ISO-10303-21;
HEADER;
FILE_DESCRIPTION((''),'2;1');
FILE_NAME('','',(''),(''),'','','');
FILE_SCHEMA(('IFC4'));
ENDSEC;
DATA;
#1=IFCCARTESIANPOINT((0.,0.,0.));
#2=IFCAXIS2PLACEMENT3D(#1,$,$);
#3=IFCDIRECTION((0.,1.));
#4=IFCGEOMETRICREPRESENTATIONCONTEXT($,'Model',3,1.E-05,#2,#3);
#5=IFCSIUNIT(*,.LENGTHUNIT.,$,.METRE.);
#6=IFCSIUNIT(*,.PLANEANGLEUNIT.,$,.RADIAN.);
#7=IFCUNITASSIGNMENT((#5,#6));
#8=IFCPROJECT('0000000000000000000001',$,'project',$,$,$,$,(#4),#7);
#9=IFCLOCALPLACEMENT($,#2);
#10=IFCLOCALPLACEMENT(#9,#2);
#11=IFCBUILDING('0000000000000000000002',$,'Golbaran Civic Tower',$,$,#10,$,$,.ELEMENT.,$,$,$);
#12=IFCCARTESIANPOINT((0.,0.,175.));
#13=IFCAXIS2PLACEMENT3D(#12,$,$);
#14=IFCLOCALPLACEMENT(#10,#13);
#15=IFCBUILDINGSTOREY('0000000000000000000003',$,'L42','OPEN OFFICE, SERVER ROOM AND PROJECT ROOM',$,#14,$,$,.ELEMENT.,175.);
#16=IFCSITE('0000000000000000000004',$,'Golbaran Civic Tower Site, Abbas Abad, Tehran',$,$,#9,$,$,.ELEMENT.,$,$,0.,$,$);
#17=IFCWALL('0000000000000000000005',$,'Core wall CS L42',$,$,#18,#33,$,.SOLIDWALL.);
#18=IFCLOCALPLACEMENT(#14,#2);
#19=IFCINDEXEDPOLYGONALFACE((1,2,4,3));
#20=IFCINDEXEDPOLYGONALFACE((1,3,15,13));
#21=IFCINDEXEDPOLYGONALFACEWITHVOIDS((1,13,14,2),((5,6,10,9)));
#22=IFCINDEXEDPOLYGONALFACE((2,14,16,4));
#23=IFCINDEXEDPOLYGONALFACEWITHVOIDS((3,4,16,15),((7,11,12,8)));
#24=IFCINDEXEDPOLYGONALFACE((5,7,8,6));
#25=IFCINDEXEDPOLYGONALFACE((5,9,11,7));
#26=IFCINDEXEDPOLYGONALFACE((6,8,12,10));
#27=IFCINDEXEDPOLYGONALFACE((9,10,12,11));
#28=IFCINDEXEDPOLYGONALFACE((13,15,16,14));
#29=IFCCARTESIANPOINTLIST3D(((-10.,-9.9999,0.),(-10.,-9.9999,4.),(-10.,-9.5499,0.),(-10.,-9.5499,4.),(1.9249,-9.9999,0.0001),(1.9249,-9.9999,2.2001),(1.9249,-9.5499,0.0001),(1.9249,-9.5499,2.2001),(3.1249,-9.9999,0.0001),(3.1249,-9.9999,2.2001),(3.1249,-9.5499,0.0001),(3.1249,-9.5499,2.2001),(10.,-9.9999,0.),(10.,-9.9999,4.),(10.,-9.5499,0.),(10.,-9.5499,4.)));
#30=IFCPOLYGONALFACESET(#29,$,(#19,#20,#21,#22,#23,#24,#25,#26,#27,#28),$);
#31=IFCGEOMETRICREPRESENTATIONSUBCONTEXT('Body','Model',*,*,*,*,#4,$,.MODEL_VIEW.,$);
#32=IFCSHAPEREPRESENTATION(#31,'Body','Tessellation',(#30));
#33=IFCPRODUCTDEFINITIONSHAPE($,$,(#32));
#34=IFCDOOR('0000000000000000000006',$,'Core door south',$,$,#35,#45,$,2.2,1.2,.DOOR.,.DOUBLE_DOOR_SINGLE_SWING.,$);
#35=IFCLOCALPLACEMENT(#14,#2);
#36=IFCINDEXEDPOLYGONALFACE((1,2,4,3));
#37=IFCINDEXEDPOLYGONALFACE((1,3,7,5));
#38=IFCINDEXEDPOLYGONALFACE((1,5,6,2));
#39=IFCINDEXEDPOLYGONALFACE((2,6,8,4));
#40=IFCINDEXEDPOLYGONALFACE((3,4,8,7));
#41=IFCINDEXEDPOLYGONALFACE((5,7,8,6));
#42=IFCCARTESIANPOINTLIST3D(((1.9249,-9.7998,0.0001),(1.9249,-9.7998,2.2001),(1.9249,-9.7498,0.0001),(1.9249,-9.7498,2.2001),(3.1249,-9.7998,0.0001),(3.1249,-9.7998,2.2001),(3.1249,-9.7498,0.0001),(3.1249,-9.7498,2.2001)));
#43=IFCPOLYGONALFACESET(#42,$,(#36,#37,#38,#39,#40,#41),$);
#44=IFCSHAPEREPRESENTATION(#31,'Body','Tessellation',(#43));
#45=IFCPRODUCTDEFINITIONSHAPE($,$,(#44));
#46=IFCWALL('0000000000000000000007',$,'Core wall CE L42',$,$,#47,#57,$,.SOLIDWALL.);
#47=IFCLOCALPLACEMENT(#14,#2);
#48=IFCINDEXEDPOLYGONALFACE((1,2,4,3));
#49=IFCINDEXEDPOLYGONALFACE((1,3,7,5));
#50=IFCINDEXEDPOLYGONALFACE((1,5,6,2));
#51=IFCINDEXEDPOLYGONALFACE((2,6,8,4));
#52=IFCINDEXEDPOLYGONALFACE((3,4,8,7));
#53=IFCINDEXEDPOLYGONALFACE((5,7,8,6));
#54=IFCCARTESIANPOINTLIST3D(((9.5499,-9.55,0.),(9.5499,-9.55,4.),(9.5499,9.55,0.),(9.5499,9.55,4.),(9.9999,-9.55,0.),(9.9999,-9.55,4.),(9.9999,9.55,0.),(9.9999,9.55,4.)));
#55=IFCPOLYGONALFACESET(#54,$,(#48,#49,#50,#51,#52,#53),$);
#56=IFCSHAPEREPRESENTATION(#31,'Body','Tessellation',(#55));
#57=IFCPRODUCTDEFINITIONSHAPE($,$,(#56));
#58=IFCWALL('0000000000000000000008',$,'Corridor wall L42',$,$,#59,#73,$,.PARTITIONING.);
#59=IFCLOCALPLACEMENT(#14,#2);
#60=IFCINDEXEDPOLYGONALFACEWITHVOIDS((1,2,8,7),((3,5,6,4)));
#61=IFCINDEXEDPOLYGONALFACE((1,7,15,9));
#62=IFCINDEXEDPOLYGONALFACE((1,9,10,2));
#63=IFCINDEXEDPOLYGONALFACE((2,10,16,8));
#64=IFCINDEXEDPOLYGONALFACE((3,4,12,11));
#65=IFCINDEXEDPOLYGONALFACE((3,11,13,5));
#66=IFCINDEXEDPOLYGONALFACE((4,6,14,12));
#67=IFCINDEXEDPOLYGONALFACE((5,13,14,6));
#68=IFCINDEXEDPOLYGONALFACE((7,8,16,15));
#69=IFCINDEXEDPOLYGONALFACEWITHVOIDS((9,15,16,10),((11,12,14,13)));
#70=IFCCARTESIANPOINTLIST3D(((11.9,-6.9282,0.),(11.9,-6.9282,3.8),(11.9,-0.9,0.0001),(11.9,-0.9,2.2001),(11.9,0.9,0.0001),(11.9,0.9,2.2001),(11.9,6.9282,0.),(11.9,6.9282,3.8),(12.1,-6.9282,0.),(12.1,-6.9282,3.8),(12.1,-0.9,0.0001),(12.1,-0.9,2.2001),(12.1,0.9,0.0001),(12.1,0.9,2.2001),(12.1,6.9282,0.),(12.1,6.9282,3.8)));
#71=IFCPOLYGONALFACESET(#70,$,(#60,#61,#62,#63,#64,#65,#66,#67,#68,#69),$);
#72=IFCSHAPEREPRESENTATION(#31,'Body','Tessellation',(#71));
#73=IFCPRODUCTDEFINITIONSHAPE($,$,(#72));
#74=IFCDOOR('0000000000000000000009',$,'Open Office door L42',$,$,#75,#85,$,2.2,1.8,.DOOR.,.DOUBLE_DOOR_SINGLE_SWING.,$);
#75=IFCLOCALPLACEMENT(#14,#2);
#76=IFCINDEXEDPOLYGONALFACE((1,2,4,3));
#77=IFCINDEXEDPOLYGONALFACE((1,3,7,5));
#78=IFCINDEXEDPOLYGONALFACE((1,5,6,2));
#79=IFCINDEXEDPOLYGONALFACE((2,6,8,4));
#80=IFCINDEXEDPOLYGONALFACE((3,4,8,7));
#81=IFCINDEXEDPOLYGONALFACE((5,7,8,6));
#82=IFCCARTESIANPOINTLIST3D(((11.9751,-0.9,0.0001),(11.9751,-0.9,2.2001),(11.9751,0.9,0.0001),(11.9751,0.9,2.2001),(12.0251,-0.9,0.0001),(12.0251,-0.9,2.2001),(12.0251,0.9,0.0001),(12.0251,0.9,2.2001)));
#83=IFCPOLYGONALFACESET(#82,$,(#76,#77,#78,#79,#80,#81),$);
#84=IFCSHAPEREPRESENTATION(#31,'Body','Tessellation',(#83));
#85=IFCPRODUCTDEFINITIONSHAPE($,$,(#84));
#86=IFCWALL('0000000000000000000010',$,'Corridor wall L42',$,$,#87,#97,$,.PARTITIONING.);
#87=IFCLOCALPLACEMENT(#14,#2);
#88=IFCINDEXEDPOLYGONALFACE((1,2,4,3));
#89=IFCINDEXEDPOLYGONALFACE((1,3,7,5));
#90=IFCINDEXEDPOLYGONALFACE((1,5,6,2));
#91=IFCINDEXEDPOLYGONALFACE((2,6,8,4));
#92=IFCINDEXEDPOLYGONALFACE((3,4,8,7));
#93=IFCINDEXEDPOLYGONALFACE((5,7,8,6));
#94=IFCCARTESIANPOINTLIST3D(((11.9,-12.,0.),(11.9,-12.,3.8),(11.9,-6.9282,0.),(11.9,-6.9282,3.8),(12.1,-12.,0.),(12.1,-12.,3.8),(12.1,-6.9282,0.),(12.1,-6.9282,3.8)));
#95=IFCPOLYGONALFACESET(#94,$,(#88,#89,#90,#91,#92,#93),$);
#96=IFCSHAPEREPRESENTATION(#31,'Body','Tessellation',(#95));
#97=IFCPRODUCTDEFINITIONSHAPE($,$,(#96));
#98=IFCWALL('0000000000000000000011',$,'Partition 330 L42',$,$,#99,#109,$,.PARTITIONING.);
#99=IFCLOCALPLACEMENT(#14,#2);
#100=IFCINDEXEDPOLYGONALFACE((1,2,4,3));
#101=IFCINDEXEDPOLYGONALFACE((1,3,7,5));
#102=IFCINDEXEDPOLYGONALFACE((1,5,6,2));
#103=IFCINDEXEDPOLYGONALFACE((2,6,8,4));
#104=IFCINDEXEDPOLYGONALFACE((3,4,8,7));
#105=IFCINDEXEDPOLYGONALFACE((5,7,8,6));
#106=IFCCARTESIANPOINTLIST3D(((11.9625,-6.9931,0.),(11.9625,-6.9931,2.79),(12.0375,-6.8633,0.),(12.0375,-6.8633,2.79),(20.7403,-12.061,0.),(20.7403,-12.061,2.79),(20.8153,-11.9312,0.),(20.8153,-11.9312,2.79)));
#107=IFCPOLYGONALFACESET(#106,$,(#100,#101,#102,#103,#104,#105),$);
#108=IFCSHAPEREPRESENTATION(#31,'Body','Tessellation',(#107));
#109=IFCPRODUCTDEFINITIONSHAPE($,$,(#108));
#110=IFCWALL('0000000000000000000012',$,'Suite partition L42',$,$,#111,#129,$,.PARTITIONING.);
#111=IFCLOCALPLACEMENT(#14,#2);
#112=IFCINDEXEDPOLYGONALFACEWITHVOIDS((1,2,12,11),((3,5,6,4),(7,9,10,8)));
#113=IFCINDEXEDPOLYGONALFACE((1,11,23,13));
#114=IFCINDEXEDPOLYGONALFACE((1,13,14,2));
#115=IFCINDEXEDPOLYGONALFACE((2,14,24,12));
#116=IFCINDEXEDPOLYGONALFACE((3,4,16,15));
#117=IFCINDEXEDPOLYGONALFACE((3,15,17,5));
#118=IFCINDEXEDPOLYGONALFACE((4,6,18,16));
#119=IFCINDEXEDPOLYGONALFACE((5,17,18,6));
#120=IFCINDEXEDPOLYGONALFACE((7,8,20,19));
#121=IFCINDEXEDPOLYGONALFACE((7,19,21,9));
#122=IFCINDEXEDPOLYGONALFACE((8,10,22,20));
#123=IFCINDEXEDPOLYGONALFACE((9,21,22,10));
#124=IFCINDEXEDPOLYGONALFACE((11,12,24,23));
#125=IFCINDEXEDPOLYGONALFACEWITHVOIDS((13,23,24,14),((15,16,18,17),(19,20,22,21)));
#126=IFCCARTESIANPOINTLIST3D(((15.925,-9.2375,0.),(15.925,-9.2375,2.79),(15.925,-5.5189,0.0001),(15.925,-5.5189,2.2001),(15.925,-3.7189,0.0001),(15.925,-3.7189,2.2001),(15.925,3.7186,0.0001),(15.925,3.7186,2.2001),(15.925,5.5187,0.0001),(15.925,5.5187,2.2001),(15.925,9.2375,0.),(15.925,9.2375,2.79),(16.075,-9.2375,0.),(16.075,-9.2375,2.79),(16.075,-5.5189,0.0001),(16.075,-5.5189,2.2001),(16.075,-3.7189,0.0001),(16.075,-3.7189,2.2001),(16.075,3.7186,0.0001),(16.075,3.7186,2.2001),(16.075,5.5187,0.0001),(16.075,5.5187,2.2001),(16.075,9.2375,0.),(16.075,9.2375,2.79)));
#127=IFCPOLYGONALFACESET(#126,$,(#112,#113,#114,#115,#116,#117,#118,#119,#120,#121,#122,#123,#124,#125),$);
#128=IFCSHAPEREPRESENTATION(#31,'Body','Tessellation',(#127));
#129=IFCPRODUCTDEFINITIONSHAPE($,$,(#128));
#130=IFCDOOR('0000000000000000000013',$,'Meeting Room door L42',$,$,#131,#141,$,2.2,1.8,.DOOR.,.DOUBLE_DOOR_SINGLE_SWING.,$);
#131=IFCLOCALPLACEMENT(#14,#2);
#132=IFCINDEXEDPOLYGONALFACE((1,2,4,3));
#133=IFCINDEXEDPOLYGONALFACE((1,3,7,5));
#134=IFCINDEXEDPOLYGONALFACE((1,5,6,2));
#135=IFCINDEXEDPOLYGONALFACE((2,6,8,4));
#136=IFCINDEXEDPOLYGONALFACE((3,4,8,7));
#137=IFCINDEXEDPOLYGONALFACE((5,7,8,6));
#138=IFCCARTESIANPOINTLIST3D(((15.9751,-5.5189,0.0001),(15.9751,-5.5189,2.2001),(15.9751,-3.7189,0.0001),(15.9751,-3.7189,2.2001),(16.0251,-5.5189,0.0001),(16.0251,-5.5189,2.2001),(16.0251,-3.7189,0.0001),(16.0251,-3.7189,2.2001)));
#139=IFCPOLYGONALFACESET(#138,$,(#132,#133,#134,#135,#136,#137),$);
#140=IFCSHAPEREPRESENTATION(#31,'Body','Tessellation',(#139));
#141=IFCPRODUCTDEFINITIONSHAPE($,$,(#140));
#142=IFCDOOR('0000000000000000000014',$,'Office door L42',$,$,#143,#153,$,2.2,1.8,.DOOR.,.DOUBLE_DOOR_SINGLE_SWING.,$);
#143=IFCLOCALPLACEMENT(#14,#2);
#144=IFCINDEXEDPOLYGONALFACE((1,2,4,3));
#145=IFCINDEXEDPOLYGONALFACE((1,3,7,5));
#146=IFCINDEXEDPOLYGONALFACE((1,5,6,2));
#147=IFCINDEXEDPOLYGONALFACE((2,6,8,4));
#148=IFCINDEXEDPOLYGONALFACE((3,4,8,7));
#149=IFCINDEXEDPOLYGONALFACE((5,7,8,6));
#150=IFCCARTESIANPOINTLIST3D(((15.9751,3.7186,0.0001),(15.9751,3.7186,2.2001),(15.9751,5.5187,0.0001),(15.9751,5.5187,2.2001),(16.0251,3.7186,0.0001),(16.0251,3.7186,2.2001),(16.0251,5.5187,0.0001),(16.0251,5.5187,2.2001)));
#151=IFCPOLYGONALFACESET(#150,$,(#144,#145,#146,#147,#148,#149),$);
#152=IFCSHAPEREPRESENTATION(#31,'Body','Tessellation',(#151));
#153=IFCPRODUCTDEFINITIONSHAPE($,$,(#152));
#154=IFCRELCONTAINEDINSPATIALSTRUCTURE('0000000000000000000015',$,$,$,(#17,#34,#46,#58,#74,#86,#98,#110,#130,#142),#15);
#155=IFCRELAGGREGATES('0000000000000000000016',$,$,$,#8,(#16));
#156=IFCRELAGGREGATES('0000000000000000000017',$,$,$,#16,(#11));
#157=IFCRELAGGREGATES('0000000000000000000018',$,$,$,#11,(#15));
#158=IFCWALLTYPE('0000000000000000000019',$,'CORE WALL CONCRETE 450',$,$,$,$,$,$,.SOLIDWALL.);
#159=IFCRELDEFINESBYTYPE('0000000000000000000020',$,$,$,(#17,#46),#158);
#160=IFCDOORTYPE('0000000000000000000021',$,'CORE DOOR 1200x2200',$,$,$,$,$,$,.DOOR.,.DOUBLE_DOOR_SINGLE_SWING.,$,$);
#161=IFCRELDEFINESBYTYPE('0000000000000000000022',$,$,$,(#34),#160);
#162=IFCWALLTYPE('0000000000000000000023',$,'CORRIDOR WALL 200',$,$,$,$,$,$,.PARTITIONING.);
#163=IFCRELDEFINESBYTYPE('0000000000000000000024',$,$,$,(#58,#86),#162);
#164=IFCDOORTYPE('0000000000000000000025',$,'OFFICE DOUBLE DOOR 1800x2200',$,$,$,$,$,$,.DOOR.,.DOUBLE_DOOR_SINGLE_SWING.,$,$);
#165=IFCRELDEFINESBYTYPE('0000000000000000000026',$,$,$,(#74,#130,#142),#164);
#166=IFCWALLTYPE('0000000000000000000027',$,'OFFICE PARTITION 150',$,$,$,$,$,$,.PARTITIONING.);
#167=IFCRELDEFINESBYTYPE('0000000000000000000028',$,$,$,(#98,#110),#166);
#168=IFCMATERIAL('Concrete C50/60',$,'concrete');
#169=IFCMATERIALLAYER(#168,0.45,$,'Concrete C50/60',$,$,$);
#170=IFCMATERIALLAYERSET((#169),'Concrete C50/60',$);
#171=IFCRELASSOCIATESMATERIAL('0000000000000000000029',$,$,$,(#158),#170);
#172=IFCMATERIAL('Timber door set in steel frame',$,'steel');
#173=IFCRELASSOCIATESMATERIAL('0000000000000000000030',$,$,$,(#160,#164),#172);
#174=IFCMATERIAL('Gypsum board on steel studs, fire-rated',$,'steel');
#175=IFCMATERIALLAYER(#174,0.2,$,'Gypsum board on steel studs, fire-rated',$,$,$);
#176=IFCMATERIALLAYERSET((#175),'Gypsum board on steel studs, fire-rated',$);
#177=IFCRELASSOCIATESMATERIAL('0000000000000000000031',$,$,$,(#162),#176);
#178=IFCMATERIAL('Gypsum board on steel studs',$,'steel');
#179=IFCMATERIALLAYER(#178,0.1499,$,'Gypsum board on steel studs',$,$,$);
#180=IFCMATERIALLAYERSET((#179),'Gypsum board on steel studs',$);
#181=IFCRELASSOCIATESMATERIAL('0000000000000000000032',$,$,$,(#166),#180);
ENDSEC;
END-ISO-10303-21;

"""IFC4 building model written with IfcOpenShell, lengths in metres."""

from ifc_helpers import new_model, si_unit, direction, frame, frame_2d, origin, place, context, subcontext, project, spatial, rectangle, extrude, material, layer, layer_set, type_object, element, fill, save


model = new_model("IFC4")

# Units and contexts
model_context = context("Model", 3, precision=1e-05, world=origin(), true_north=direction((0.0, 1.0)))
body_context = subcontext(model_context, "Body", "Model", "MODEL_VIEW")
ifc_project = project(units=[si_unit("LENGTHUNIT", "METRE"), si_unit("PLANEANGLEUNIT", "RADIAN")], contexts=[model_context])

# Site, building, storey
site_placement = place(None, origin())
site = spatial("IfcSite", under=ifc_project, at=site_placement, Name="Golbaran Civic Tower Site, Abbas Abad, Tehran", CompositionType="ELEMENT", RefElevation=0.0)
building_placement = place(site_placement, origin())
building = spatial("IfcBuilding", under=site, at=building_placement, Name="Golbaran Civic Tower", CompositionType="ELEMENT")
storey_placement = place(building_placement, frame((0.0, 0.0, 175.0)))
storey = spatial("IfcBuildingStorey", under=building, at=storey_placement, Name="L42", Description="OPEN OFFICE, SERVER ROOM AND PROJECT ROOM", CompositionType="ELEMENT", Elevation=175.0)

# Wall, opening, door
ifc_material_1 = material(Name="Concrete C50/60", Category="concrete")
ifc_layer_1 = layer(ifc_material_1, 0.45, Name="Concrete C50/60")
ifc_layer_set_1 = layer_set([ifc_layer_1], Name="Concrete C50/60")
wall_type_1 = type_object("IfcWallType", Name="CORE WALL CONCRETE 450", PredefinedType="SOLIDWALL", material=ifc_layer_set_1)
wall_1_placement = place(storey_placement, frame((10.0, -9.7749, 0.0), z_axis=(0.0, 0.0, 1.0), x_axis=(-1.0, 0.0, 0.0)))
wall_1 = element("IfcWall", 1, at=wall_1_placement, inside=storey, type_object=wall_type_1, Name="Core wall CS L42", PredefinedType="SOLIDWALL", context=body_context, shape_type="SweptSolid", body=[
    extrude(rectangle(XDim=20.0, YDim=0.45, at=frame_2d((10.0, 0.0))), origin(), (0.0, 0.0, 1.0), 4.0),
])
opening_1_placement = place(wall_1_placement, frame((6.875, 0.0, 0.0)))
opening_1 = element("IfcOpeningElement", 2, at=opening_1_placement, cuts=wall_1, PredefinedType="OPENING", context=body_context, shape_type="SweptSolid", body=[
    extrude(rectangle(XDim=1.2, YDim=2.2, at=frame_2d((0.6001, 1.1001))), frame((0.0, 0.2349, 0.0), z_axis=(0.0, -1.0, 0.0), x_axis=(1.0, 0.0, 0.0)), (0.0, 0.0, 1.0), 0.47),
])
ifc_material_2 = material(Name="Timber door set in steel frame", Category="steel")
door_type_1 = type_object("IfcDoorType", Name="CORE DOOR 1200x2200", OperationType="DOUBLE_DOOR_SINGLE_SWING", PredefinedType="DOOR", material=ifc_material_2)
door_1_placement = place(opening_1_placement, origin())
door_1 = element("IfcDoor", 3, at=door_1_placement, inside=storey, type_object=door_type_1, Name="Core door south", OperationType="DOUBLE_DOOR_SINGLE_SWING", OverallHeight=2.2, OverallWidth=1.2, PredefinedType="DOOR", context=body_context, shape_type="SweptSolid", body=[
    extrude(rectangle(XDim=1.2, YDim=2.2, at=frame_2d((0.6001, 1.1001))), frame((0.0, 0.0249, 0.0), z_axis=(0.0, -1.0, 0.0), x_axis=(1.0, 0.0, 0.0)), (0.0, 0.0, 1.0), 0.05),
])
fill(opening_1, door_1)

# Wall
wall_2_placement = place(storey_placement, frame((9.7749, -9.55, 0.0), z_axis=(0.0, 0.0, 1.0), x_axis=(0.0, 1.0, 0.0)))
element("IfcWall", 4, at=wall_2_placement, inside=storey, type_object=wall_type_1, Name="Core wall CE L42", PredefinedType="SOLIDWALL", context=body_context, shape_type="SweptSolid", body=[
    extrude(rectangle(XDim=19.1001, YDim=0.45, at=frame_2d((9.55, 0.0))), origin(), (0.0, 0.0, 1.0), 4.0),
])

# Wall, opening, door
ifc_material_3 = material(Name="Gypsum board on steel studs, fire-rated", Category="steel")
ifc_layer_2 = layer(ifc_material_3, 0.2, Name="Gypsum board on steel studs, fire-rated")
ifc_layer_set_2 = layer_set([ifc_layer_2], Name="Gypsum board on steel studs, fire-rated")
wall_type_2 = type_object("IfcWallType", Name="CORRIDOR WALL 200", PredefinedType="PARTITIONING", material=ifc_layer_set_2)
wall_3_placement = place(storey_placement, frame((12.0, -6.9282, 0.0), z_axis=(0.0, 0.0, 1.0), x_axis=(0.0, 1.0, 0.0)))
wall_3 = element("IfcWall", 5, at=wall_3_placement, inside=storey, type_object=wall_type_2, Name="Corridor wall L42", PredefinedType="PARTITIONING", context=body_context, shape_type="SweptSolid", body=[
    extrude(rectangle(XDim=13.8564, YDim=0.2, at=frame_2d((6.9282, 0.0))), origin(), (0.0, 0.0, 1.0), 3.8),
])
opening_2_placement = place(wall_3_placement, frame((6.0283, 0.0, 0.0)))
opening_2 = element("IfcOpeningElement", 6, at=opening_2_placement, cuts=wall_3, PredefinedType="OPENING", context=body_context, shape_type="SweptSolid", body=[
    extrude(rectangle(XDim=1.8, YDim=2.2, at=frame_2d((0.8999, 1.1001))), frame((0.0, 0.1099, 0.0), z_axis=(0.0, -1.0, 0.0), x_axis=(1.0, 0.0, 0.0)), (0.0, 0.0, 1.0), 0.22),
])
door_type_2 = type_object("IfcDoorType", Name="OFFICE DOUBLE DOOR 1800x2200", OperationType="DOUBLE_DOOR_SINGLE_SWING", PredefinedType="DOOR", material=ifc_material_2)
door_2_placement = place(opening_2_placement, origin())
door_2 = element("IfcDoor", 7, at=door_2_placement, inside=storey, type_object=door_type_2, Name="Open Office door L42", OperationType="DOUBLE_DOOR_SINGLE_SWING", OverallHeight=2.2, OverallWidth=1.8, PredefinedType="DOOR", context=body_context, shape_type="SweptSolid", body=[
    extrude(rectangle(XDim=1.8, YDim=2.2, at=frame_2d((0.8999, 1.1001))), frame((0.0, 0.0249, 0.0), z_axis=(0.0, -1.0, 0.0), x_axis=(1.0, 0.0, 0.0)), (0.0, 0.0, 1.0), 0.05),
])
fill(opening_2, door_2)

# Walls
wall_4_placement = place(storey_placement, frame((12.0, -12.0, 0.0), z_axis=(0.0, 0.0, 1.0), x_axis=(0.0, 1.0, 0.0)))
element("IfcWall", 8, at=wall_4_placement, inside=storey, type_object=wall_type_2, Name="Corridor wall L42", PredefinedType="PARTITIONING", context=body_context, shape_type="SweptSolid", body=[
    extrude(rectangle(XDim=5.0718, YDim=0.2, at=frame_2d((2.5359, 0.0))), origin(), (0.0, 0.0, 1.0), 3.8),
])
ifc_material_4 = material(Name="Gypsum board on steel studs", Category="steel")
ifc_layer_3 = layer(ifc_material_4, 0.1499, Name="Gypsum board on steel studs")
ifc_layer_set_3 = layer_set([ifc_layer_3], Name="Gypsum board on steel studs")
wall_type_3 = type_object("IfcWallType", Name="OFFICE PARTITION 150", PredefinedType="PARTITIONING", material=ifc_layer_set_3)
wall_5_placement = place(storey_placement, frame((12.0, -6.9282, 0.0), z_axis=(0.0, 0.0, 1.0), x_axis=(0.866026, -0.499999, 0.0)))
element("IfcWall", 9, at=wall_5_placement, inside=storey, type_object=wall_type_3, Name="Partition 330 L42", PredefinedType="PARTITIONING", context=body_context, shape_type="SweptSolid", body=[
    extrude(rectangle(XDim=10.1357, YDim=0.1499, at=frame_2d((5.0679, 0.0))), origin(), (0.0, 0.0, 1.0), 2.79),
])

# Wall, openings, doors
wall_6_placement = place(storey_placement, frame((16.0, -9.2375, 0.0), z_axis=(0.0, 0.0, 1.0), x_axis=(0.0, 1.0, 0.0)))
wall_6 = element("IfcWall", 10, at=wall_6_placement, inside=storey, type_object=wall_type_3, Name="Suite partition L42", PredefinedType="PARTITIONING", context=body_context, shape_type="SweptSolid", body=[
    extrude(rectangle(XDim=18.4751, YDim=0.1499, at=frame_2d((9.2375, 0.0))), origin(), (0.0, 0.0, 1.0), 2.79),
])
opening_3_placement = place(wall_6_placement, frame((3.7188, 0.0, 0.0)))
opening_3 = element("IfcOpeningElement", 11, at=opening_3_placement, cuts=wall_6, PredefinedType="OPENING", context=body_context, shape_type="SweptSolid", body=[
    extrude(rectangle(XDim=1.8, YDim=2.2, at=frame_2d((0.8999, 1.1001))), frame((0.0, 0.085, 0.0), z_axis=(0.0, -1.0, 0.0), x_axis=(1.0, 0.0, 0.0)), (0.0, 0.0, 1.0), 0.1699),
])
opening_4_placement = place(wall_6_placement, frame((12.9563, 0.0, 0.0)))
opening_4 = element("IfcOpeningElement", 12, at=opening_4_placement, cuts=wall_6, PredefinedType="OPENING", context=body_context, shape_type="SweptSolid", body=[
    extrude(rectangle(XDim=1.8, YDim=2.2, at=frame_2d((0.8999, 1.1001))), frame((0.0, 0.085, 0.0), z_axis=(0.0, -1.0, 0.0), x_axis=(1.0, 0.0, 0.0)), (0.0, 0.0, 1.0), 0.1699),
])
door_3_placement = place(opening_3_placement, origin())
door_3 = element("IfcDoor", 13, at=door_3_placement, inside=storey, type_object=door_type_2, Name="Meeting Room door L42", OperationType="DOUBLE_DOOR_SINGLE_SWING", OverallHeight=2.2, OverallWidth=1.8, PredefinedType="DOOR", context=body_context, shape_type="SweptSolid", body=[
    extrude(rectangle(XDim=1.8, YDim=2.2, at=frame_2d((0.8999, 1.1001))), frame((0.0, 0.0249, 0.0), z_axis=(0.0, -1.0, 0.0), x_axis=(1.0, 0.0, 0.0)), (0.0, 0.0, 1.0), 0.05),
])
fill(opening_3, door_3)
door_4_placement = place(opening_4_placement, origin())
door_4 = element("IfcDoor", 14, at=door_4_placement, inside=storey, type_object=door_type_2, Name="Office door L42", OperationType="DOUBLE_DOOR_SINGLE_SWING", OverallHeight=2.2, OverallWidth=1.8, PredefinedType="DOOR", context=body_context, shape_type="SweptSolid", body=[
    extrude(rectangle(XDim=1.8, YDim=2.2, at=frame_2d((0.8999, 1.1001))), frame((0.0, 0.0249, 0.0), z_axis=(0.0, -1.0, 0.0), x_axis=(1.0, 0.0, 0.0)), (0.0, 0.0, 1.0), 0.05),
])
fill(opening_4, door_4)

save(model, "model.ifc")
